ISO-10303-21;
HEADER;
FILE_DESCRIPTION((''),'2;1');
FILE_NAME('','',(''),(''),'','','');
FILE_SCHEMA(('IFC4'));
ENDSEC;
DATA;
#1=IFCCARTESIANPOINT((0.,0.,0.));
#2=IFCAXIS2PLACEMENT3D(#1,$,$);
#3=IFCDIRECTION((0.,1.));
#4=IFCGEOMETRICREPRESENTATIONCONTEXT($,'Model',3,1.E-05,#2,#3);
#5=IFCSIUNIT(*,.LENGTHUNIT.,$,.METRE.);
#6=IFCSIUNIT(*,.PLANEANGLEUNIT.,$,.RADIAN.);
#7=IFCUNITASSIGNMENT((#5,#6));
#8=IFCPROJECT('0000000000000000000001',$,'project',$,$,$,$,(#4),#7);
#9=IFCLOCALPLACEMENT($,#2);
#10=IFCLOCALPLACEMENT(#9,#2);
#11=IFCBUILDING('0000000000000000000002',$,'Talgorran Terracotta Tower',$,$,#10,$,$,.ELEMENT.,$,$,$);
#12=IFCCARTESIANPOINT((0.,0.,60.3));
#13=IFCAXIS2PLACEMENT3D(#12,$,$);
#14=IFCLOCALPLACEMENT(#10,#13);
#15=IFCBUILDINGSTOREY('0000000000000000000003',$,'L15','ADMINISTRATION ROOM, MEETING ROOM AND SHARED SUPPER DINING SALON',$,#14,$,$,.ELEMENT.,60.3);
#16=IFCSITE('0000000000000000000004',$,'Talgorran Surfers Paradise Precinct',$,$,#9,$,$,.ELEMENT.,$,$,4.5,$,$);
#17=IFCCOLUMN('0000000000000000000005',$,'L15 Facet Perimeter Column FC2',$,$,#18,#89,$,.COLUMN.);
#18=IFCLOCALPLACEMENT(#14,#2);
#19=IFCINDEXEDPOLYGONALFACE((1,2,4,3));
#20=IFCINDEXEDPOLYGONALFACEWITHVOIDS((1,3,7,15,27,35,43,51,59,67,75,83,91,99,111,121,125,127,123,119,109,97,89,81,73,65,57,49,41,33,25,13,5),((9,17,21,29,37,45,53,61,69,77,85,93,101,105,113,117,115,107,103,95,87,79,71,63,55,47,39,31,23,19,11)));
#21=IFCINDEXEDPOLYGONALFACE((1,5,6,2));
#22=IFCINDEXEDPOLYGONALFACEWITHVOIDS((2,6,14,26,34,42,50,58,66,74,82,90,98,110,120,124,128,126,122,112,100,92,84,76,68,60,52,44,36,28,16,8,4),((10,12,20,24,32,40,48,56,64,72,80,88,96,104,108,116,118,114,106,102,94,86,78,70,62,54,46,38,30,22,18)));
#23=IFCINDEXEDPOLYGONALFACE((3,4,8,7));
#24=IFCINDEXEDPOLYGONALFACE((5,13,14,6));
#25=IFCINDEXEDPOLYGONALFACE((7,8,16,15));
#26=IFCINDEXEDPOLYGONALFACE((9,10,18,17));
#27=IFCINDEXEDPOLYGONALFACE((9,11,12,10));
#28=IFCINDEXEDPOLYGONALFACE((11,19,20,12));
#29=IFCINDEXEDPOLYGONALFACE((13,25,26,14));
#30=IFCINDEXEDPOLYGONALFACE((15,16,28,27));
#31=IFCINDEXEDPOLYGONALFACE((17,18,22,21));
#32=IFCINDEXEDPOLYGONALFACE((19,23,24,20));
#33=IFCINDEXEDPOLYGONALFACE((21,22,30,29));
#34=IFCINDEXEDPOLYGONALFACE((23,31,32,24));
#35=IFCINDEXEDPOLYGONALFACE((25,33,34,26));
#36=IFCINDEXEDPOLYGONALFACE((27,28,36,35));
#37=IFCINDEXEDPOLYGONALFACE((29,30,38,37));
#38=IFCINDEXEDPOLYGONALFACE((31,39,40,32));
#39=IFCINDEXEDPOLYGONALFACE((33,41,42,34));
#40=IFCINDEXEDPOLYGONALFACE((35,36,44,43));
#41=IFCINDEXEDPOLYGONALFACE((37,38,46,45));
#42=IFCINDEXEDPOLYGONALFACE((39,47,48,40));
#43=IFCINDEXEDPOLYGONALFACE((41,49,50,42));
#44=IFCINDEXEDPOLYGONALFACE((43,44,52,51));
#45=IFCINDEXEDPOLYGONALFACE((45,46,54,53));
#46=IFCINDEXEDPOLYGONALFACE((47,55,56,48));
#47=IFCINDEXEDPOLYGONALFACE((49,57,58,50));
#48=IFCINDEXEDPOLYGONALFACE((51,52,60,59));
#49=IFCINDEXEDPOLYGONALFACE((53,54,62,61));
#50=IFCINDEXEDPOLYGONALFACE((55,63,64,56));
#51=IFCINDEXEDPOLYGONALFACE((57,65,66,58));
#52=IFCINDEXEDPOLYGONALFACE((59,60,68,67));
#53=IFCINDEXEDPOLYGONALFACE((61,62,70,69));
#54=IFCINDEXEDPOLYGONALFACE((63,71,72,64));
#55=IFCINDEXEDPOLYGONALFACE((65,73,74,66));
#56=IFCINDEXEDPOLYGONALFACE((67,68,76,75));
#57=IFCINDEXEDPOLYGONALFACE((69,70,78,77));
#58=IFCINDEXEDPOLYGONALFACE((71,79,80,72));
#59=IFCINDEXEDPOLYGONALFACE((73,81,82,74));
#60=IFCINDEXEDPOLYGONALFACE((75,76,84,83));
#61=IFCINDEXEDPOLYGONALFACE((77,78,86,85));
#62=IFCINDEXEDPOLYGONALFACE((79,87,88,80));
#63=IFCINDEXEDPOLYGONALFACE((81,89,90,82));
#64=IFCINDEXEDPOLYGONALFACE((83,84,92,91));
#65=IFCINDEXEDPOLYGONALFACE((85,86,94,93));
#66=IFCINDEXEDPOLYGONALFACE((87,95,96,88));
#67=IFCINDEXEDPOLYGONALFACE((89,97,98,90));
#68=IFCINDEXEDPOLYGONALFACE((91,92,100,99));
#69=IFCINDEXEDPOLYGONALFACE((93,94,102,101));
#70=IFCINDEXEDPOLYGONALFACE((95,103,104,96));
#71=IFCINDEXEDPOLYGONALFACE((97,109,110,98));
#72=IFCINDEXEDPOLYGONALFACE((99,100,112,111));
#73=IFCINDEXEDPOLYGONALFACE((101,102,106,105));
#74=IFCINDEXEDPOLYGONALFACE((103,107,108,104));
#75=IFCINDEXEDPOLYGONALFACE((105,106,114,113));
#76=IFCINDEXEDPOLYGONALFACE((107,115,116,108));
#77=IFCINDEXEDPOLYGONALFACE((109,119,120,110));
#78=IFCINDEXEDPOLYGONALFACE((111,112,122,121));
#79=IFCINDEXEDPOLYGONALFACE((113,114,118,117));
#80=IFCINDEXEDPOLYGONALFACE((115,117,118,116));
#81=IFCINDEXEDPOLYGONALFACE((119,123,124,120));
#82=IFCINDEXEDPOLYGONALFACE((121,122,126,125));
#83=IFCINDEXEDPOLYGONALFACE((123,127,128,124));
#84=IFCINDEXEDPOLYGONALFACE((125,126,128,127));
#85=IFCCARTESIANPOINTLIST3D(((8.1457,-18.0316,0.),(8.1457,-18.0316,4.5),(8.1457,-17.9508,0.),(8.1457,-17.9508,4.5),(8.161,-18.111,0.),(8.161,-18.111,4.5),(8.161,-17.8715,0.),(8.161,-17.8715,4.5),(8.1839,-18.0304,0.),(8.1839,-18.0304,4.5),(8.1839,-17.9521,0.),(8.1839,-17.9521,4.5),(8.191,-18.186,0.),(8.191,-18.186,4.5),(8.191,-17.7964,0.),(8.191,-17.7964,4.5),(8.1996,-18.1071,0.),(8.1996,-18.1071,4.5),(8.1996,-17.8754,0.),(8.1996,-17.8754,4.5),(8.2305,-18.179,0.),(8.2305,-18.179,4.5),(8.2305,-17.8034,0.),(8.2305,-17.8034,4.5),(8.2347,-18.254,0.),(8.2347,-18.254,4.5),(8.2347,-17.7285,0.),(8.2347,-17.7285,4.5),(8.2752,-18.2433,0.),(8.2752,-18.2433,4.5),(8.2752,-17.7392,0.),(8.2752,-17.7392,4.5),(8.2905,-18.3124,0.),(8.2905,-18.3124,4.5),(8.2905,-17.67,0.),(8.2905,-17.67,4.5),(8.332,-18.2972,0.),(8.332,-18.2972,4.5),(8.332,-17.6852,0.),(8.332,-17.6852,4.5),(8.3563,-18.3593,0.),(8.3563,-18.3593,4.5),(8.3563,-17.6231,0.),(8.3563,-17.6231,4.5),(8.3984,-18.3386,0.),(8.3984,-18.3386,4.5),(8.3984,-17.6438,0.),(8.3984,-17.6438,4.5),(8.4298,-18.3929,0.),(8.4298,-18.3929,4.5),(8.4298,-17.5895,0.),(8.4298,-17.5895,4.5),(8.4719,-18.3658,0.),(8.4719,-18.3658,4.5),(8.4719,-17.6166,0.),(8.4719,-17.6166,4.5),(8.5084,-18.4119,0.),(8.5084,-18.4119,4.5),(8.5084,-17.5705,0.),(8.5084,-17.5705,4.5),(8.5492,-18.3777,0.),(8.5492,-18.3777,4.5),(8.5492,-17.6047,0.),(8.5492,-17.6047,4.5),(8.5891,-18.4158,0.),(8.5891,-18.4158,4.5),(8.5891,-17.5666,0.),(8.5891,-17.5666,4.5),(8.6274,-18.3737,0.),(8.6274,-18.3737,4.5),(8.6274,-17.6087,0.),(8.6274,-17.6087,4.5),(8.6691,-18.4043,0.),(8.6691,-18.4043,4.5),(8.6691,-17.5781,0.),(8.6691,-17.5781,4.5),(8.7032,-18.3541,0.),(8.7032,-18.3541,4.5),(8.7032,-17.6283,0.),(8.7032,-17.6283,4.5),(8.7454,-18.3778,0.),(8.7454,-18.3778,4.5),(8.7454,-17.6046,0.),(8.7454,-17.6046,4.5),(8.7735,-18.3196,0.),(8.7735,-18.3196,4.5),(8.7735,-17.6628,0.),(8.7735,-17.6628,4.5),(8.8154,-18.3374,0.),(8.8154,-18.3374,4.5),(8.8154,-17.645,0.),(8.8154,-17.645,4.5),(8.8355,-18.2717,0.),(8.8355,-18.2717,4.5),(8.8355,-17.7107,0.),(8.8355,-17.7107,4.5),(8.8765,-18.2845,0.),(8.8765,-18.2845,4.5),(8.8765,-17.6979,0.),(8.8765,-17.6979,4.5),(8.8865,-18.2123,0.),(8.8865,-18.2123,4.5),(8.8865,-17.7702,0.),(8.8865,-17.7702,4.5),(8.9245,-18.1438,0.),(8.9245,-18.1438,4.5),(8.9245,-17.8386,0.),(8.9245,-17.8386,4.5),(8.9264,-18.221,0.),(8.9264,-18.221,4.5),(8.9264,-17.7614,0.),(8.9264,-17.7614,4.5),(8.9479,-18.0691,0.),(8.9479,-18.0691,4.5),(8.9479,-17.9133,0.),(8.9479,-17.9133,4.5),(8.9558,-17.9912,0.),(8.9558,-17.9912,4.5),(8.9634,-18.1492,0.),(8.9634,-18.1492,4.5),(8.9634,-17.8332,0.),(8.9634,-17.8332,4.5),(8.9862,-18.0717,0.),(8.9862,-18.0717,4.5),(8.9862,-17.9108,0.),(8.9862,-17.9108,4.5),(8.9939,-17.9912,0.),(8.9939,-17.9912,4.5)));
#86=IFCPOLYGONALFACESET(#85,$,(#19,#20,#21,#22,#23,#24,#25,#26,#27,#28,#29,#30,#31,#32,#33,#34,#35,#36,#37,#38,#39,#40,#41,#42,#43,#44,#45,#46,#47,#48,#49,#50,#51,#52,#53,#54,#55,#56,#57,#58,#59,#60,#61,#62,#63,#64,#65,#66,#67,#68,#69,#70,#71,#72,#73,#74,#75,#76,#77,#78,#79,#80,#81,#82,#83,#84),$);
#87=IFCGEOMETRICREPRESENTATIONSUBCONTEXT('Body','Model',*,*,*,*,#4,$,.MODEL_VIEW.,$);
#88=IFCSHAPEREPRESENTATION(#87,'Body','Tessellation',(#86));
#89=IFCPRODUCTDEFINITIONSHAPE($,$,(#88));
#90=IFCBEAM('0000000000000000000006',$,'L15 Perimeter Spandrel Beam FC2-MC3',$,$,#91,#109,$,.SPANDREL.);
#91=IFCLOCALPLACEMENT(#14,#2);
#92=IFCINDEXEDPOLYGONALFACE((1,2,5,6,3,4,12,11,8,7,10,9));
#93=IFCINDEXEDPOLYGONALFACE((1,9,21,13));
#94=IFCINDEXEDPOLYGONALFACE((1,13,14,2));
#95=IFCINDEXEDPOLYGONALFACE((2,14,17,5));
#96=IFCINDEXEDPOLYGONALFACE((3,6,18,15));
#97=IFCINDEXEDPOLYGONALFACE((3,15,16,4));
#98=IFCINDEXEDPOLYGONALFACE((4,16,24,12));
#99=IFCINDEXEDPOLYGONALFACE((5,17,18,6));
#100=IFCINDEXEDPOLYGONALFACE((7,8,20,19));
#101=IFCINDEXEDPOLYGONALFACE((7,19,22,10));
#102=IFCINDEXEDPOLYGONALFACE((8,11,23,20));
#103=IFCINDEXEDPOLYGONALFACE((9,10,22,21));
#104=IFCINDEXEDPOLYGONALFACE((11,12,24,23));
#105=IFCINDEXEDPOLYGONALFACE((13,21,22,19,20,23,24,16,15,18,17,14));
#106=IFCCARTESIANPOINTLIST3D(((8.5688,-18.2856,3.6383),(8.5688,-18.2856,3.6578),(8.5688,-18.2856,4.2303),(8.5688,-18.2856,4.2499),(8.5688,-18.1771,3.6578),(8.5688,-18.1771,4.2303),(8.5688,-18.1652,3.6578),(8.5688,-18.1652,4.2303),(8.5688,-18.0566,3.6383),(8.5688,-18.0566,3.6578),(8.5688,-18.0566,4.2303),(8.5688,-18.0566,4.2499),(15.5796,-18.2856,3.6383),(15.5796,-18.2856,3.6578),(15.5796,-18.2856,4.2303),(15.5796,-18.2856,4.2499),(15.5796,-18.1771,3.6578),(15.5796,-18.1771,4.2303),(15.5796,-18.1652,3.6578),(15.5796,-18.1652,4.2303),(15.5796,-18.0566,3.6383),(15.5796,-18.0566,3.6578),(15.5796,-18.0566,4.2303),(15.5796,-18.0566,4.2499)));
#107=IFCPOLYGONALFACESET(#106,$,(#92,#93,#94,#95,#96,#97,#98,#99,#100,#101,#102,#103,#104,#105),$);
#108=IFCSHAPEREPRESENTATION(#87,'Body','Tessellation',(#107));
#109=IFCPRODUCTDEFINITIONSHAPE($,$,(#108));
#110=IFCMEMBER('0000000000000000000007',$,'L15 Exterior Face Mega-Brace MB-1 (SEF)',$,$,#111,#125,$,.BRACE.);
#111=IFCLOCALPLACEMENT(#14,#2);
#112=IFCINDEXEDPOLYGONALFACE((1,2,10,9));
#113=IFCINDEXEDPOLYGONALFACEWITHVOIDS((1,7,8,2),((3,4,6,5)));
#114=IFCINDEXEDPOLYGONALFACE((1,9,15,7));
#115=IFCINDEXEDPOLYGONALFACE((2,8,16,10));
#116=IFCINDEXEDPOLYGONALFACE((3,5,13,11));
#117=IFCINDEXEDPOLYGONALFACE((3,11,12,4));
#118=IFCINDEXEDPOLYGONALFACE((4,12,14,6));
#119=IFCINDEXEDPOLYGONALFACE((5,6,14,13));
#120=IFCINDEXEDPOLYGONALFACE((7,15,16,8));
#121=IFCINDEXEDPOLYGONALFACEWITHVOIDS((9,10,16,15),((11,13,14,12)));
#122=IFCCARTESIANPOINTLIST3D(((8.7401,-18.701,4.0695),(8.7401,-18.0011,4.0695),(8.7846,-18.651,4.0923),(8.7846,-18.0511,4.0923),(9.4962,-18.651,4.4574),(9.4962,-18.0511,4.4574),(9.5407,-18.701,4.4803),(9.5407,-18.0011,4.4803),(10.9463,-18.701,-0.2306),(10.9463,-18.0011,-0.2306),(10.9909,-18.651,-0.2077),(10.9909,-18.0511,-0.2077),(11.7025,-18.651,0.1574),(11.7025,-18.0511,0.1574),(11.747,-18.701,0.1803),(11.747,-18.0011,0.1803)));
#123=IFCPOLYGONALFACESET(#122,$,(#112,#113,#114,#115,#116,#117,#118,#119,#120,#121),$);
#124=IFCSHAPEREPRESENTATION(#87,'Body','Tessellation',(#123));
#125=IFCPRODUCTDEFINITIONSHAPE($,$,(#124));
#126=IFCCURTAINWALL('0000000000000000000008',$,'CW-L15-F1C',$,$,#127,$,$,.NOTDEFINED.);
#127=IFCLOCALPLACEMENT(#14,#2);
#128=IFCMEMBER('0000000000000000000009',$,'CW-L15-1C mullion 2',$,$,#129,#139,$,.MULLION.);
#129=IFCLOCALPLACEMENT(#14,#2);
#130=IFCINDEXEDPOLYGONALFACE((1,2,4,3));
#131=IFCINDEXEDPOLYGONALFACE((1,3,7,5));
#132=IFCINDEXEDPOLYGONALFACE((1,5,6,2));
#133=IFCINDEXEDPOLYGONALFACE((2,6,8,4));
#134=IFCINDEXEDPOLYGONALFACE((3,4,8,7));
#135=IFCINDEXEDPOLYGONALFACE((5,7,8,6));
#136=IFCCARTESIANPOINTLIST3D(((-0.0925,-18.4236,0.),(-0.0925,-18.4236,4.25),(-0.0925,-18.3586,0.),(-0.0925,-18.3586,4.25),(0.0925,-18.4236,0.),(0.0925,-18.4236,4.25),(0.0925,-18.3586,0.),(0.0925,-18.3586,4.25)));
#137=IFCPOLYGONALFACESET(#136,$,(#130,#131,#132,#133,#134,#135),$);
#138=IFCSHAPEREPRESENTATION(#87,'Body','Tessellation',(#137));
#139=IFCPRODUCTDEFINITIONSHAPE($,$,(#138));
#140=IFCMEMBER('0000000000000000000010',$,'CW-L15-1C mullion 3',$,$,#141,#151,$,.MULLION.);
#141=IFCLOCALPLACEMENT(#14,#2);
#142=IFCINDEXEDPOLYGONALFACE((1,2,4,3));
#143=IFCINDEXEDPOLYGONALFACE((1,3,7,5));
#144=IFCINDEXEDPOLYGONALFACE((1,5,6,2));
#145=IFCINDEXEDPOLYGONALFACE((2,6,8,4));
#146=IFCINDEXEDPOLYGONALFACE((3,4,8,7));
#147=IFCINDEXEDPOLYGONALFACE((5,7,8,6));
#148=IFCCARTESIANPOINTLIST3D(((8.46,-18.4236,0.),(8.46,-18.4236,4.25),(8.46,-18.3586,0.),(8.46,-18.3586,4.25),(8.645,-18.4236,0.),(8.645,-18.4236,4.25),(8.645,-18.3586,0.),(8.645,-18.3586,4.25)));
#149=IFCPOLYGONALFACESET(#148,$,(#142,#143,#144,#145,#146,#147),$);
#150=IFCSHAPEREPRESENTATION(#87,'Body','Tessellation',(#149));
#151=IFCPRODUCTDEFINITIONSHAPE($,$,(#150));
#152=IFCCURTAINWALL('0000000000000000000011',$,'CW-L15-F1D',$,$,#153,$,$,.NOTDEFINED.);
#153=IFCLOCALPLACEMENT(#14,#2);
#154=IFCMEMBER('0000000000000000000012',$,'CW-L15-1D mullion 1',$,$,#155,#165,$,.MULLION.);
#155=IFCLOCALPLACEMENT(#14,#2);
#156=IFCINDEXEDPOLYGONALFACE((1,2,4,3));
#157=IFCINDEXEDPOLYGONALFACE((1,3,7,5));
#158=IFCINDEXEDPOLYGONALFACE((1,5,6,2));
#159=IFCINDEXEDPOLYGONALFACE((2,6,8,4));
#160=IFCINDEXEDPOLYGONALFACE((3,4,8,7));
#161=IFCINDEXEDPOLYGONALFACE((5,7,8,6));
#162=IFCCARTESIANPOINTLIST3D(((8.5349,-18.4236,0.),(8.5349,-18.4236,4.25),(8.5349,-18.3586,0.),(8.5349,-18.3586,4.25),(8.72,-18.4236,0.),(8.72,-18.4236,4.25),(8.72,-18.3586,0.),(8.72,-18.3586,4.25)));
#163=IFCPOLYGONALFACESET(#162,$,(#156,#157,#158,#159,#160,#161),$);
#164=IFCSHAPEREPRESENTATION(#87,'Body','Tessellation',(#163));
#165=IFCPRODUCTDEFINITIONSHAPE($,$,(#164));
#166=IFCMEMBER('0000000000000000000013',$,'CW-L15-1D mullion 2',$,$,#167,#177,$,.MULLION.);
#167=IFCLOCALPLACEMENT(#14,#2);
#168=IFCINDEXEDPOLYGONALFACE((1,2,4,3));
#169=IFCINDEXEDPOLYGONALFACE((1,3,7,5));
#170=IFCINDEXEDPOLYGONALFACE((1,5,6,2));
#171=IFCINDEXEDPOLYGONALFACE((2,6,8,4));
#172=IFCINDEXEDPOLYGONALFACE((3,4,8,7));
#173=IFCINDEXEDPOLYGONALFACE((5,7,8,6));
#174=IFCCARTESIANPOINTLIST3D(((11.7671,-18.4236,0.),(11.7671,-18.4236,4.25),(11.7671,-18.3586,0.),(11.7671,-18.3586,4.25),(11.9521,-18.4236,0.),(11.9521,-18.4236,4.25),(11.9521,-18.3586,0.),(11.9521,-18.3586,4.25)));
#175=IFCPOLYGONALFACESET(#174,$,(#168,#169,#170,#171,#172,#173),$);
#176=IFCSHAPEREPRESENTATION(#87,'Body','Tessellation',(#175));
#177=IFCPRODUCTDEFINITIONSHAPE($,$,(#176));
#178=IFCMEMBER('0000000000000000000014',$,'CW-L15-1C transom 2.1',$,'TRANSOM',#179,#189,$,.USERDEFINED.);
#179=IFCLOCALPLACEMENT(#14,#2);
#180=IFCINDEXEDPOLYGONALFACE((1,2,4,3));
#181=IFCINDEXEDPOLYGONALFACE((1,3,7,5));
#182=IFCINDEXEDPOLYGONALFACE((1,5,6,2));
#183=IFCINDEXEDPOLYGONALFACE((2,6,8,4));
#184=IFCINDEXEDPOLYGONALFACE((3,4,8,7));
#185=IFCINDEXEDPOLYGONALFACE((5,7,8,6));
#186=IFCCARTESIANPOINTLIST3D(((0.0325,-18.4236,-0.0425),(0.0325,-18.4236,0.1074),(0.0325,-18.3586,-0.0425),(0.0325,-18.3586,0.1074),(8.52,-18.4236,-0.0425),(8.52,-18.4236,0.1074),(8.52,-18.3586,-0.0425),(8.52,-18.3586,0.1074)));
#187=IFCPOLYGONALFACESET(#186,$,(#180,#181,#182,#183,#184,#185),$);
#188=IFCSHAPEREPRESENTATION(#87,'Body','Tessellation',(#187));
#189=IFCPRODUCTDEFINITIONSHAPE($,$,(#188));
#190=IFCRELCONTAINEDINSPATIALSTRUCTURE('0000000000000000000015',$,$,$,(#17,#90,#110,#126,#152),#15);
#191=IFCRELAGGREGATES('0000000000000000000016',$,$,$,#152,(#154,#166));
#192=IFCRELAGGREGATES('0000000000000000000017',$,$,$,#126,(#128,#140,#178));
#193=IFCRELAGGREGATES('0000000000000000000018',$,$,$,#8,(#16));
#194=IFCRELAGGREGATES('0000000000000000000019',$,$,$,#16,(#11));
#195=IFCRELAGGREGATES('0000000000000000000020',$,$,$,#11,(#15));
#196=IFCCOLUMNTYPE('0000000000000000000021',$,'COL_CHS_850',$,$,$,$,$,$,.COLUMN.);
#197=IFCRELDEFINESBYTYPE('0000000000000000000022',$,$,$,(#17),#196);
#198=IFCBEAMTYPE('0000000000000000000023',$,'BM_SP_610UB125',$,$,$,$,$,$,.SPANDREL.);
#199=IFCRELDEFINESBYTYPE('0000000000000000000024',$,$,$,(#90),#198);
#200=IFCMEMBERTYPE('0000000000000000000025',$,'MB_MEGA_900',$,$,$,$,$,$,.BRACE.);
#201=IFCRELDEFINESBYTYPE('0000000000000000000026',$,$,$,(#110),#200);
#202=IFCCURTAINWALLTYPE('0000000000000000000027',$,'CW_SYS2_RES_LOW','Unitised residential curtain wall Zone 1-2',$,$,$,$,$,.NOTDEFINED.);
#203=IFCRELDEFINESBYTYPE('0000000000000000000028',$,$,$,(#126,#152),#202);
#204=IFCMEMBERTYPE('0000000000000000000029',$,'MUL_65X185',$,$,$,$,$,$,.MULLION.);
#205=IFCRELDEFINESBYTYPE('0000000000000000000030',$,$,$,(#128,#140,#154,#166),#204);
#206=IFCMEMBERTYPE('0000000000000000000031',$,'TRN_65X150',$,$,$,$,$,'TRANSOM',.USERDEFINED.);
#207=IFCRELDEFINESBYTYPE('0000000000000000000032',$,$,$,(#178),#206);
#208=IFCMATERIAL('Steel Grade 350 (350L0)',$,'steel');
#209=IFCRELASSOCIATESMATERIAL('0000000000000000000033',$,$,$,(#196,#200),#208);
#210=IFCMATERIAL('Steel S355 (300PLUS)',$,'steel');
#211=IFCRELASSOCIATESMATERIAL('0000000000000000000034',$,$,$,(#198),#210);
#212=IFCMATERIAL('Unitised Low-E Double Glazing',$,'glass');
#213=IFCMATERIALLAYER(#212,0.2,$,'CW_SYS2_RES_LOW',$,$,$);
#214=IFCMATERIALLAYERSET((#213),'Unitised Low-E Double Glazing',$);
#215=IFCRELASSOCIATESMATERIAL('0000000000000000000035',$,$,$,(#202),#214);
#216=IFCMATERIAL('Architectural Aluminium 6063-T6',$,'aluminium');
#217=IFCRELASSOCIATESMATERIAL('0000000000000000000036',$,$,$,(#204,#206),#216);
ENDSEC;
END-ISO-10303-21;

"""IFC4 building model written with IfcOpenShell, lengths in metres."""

from ifc_helpers import new_model, si_unit, direction, frame, origin, origin_2d, place, context, subcontext, project, spatial, rectangle, hollow_rectangle, hollow_circle, i_section, extrude, material, layer, layer_set, material_profile, profile_set, type_object, element, aggregate, save


model = new_model("IFC4")

# Units and contexts
model_context = context("Model", 3, precision=1e-05, world=origin(), true_north=direction((0.0, 1.0)))
body_context = subcontext(model_context, "Body", "Model", "MODEL_VIEW")
ifc_project = project(units=[si_unit("LENGTHUNIT", "METRE"), si_unit("PLANEANGLEUNIT", "RADIAN")], contexts=[model_context])

# Site, building, storey
site_placement = place(None, origin())
site = spatial("IfcSite", under=ifc_project, at=site_placement, Name="Talgorran Surfers Paradise Precinct", CompositionType="ELEMENT", RefElevation=4.5)
building_placement = place(site_placement, origin())
building = spatial("IfcBuilding", under=site, at=building_placement, Name="Talgorran Terracotta Tower", CompositionType="ELEMENT")
storey_placement = place(building_placement, frame((0.0, 0.0, 60.3)))
storey = spatial("IfcBuildingStorey", under=building, at=storey_placement, Name="L15", Description="ADMINISTRATION ROOM, MEETING ROOM AND SHARED SUPPER DINING SALON", CompositionType="ELEMENT", Elevation=60.3)

# Column
ifc_material_1 = material(Name="Steel Grade 350 (350L0)", Category="steel")
ifc_material_profile_1 = material_profile(ifc_material_1, hollow_circle(Radius=0.425, WallThickness=0.0381, at=origin_2d()), Name="CHS850X38")
ifc_profile_set_1 = profile_set([ifc_material_profile_1], Name="Steel Grade 350 (350L0)")
column_type = type_object("IfcColumnType", Name="COL_CHS_850", PredefinedType="COLUMN", material=ifc_profile_set_1)
column_placement = place(storey_placement, frame((8.5688, -17.9912, 0.0), z_axis=(0.0, 0.0, 1.0), x_axis=(1.0, 0.0, 0.0)))
element("IfcColumn", 1, at=column_placement, inside=storey, type_object=column_type, Name="L15 Facet Perimeter Column FC2", PredefinedType="COLUMN", context=body_context, shape_type="SweptSolid", body=[
    extrude(hollow_circle(Radius=0.425, WallThickness=0.0381, at=origin_2d()), origin(), (0.0, 0.0, 1.0), 4.5),
])

# Beam
ifc_material_2 = material(Name="Steel S355 (300PLUS)", Category="steel")
ifc_material_profile_2 = material_profile(ifc_material_2, i_section(OverallWidth=0.229, OverallDepth=0.6116, WebThickness=0.012, FlangeThickness=0.0195, at=origin_2d()), Name="610UB125")
ifc_profile_set_2 = profile_set([ifc_material_profile_2], Name="Steel S355 (300PLUS)")
beam_type = type_object("IfcBeamType", Name="BM_SP_610UB125", PredefinedType="SPANDREL", material=ifc_profile_set_2)
beam_placement = place(storey_placement, frame((8.5688, -18.1711, 3.9441), z_axis=(1.0, 0.0, 0.0), x_axis=(0.0, 1.0, 0.0)))
element("IfcBeam", 2, at=beam_placement, inside=storey, type_object=beam_type, Name="L15 Perimeter Spandrel Beam FC2-MC3", PredefinedType="SPANDREL", context=body_context, shape_type="SweptSolid", body=[
    extrude(i_section(OverallWidth=0.229, OverallDepth=0.6116, WebThickness=0.012, FlangeThickness=0.0195, at=origin_2d()), origin(), (0.0, 0.0, 1.0), 7.0107),
])

# Member
ifc_material_profile_3 = material_profile(ifc_material_1, hollow_rectangle(XDim=0.7, YDim=0.8999, WallThickness=0.05, at=origin_2d()), Name="WBOX900X700X50")
ifc_profile_set_3 = profile_set([ifc_material_profile_3], Name="Steel Grade 350 (350L0)")
member_type_1 = type_object("IfcMemberType", Name="MB_MEGA_900", PredefinedType="BRACE", material=ifc_profile_set_3)
member_1_placement = place(storey_placement, frame((11.3467, -18.3511, -0.0251), z_axis=(-0.456504, 0.0, 0.889721), x_axis=(0.0, -1.0, 0.0)))
element("IfcMember", 3, at=member_1_placement, inside=storey, type_object=member_type_1, Name="L15 Exterior Face Mega-Brace MB-1 (SEF)", PredefinedType="BRACE", context=body_context, shape_type="SweptSolid", body=[
    extrude(hollow_rectangle(XDim=0.7, YDim=0.8999, WallThickness=0.05, at=origin_2d()), origin(), (0.0, 0.0, 1.0), 4.833),
])

# Curtain walls, members
ifc_material_3 = material(Name="Unitised Low-E Double Glazing", Category="glass")
ifc_layer_1 = layer(ifc_material_3, 0.2, Name="CW_SYS2_RES_LOW")
ifc_layer_set_1 = layer_set([ifc_layer_1], Name="Unitised Low-E Double Glazing")
curtain_wall_type = type_object("IfcCurtainWallType", Name="CW_SYS2_RES_LOW", Description="Unitised residential curtain wall Zone 1-2", PredefinedType="NOTDEFINED", material=ifc_layer_set_1)
curtain_wall_1_placement = place(storey_placement, origin())
curtain_wall_1 = element("IfcCurtainWall", 4, at=curtain_wall_1_placement, inside=storey, type_object=curtain_wall_type, Name="CW-L15-F1C", PredefinedType="NOTDEFINED")
ifc_material_4 = material(Name="Architectural Aluminium 6063-T6", Category="aluminium")
ifc_material_profile_4 = material_profile(ifc_material_4, rectangle(XDim=0.0649, YDim=0.1851, at=origin_2d()), Name="CWM65X185")
ifc_profile_set_4 = profile_set([ifc_material_profile_4], Name="Architectural Aluminium 6063-T6")
member_type_2 = type_object("IfcMemberType", Name="MUL_65X185", PredefinedType="MULLION", material=ifc_profile_set_4)
member_2_placement = place(storey_placement, frame((0.0, -18.3911, 0.0), z_axis=(0.0, 0.0, 1.0), x_axis=(0.0, 1.0, 0.0)))
member_2 = element("IfcMember", 5, at=member_2_placement, type_object=member_type_2, Name="CW-L15-1C mullion 2", PredefinedType="MULLION", context=body_context, shape_type="SweptSolid", body=[
    extrude(rectangle(XDim=0.0649, YDim=0.1851, at=origin_2d()), origin(), (0.0, 0.0, 1.0), 4.25),
])
member_3_placement = place(storey_placement, frame((8.5525, -18.3911, 0.0), z_axis=(0.0, 0.0, 1.0), x_axis=(0.0, 1.0, 0.0)))
member_3 = element("IfcMember", 6, at=member_3_placement, type_object=member_type_2, Name="CW-L15-1C mullion 3", PredefinedType="MULLION", context=body_context, shape_type="SweptSolid", body=[
    extrude(rectangle(XDim=0.0649, YDim=0.1851, at=origin_2d()), origin(), (0.0, 0.0, 1.0), 4.25),
])
curtain_wall_2_placement = place(storey_placement, origin())
curtain_wall_2 = element("IfcCurtainWall", 7, at=curtain_wall_2_placement, inside=storey, type_object=curtain_wall_type, Name="CW-L15-F1D", PredefinedType="NOTDEFINED")
member_4_placement = place(storey_placement, frame((8.6274, -18.3911, 0.0), z_axis=(0.0, 0.0, 1.0), x_axis=(0.0, 1.0, 0.0)))
member_4 = element("IfcMember", 8, at=member_4_placement, type_object=member_type_2, Name="CW-L15-1D mullion 1", PredefinedType="MULLION", context=body_context, shape_type="SweptSolid", body=[
    extrude(rectangle(XDim=0.0649, YDim=0.1851, at=origin_2d()), origin(), (0.0, 0.0, 1.0), 4.25),
])
member_5_placement = place(storey_placement, frame((11.8596, -18.3911, 0.0), z_axis=(0.0, 0.0, 1.0), x_axis=(0.0, 1.0, 0.0)))
member_5 = element("IfcMember", 9, at=member_5_placement, type_object=member_type_2, Name="CW-L15-1D mullion 2", PredefinedType="MULLION", context=body_context, shape_type="SweptSolid", body=[
    extrude(rectangle(XDim=0.0649, YDim=0.1851, at=origin_2d()), origin(), (0.0, 0.0, 1.0), 4.25),
])

# Member
ifc_material_profile_5 = material_profile(ifc_material_4, rectangle(XDim=0.0649, YDim=0.1499, at=origin_2d()), Name="CWT65X150")
ifc_profile_set_5 = profile_set([ifc_material_profile_5], Name="Architectural Aluminium 6063-T6")
member_type_3 = type_object("IfcMemberType", Name="TRN_65X150", ElementType="TRANSOM", PredefinedType="USERDEFINED", material=ifc_profile_set_5)
member_6_placement = place(storey_placement, frame((0.0325, -18.3911, 0.0325), z_axis=(1.0, 0.0, 0.0), x_axis=(0.0, 1.0, 0.0)))
member_6 = element("IfcMember", 10, at=member_6_placement, type_object=member_type_3, Name="CW-L15-1C transom 2.1", ObjectType="TRANSOM", PredefinedType="USERDEFINED", context=body_context, shape_type="SweptSolid", body=[
    extrude(rectangle(XDim=0.0649, YDim=0.1499, at=origin_2d()), origin(), (0.0, 0.0, 1.0), 8.4875),
])

aggregate(curtain_wall_2, [member_4, member_5])
aggregate(curtain_wall_1, [member_2, member_3, member_6])

save(model, "model.ifc")
